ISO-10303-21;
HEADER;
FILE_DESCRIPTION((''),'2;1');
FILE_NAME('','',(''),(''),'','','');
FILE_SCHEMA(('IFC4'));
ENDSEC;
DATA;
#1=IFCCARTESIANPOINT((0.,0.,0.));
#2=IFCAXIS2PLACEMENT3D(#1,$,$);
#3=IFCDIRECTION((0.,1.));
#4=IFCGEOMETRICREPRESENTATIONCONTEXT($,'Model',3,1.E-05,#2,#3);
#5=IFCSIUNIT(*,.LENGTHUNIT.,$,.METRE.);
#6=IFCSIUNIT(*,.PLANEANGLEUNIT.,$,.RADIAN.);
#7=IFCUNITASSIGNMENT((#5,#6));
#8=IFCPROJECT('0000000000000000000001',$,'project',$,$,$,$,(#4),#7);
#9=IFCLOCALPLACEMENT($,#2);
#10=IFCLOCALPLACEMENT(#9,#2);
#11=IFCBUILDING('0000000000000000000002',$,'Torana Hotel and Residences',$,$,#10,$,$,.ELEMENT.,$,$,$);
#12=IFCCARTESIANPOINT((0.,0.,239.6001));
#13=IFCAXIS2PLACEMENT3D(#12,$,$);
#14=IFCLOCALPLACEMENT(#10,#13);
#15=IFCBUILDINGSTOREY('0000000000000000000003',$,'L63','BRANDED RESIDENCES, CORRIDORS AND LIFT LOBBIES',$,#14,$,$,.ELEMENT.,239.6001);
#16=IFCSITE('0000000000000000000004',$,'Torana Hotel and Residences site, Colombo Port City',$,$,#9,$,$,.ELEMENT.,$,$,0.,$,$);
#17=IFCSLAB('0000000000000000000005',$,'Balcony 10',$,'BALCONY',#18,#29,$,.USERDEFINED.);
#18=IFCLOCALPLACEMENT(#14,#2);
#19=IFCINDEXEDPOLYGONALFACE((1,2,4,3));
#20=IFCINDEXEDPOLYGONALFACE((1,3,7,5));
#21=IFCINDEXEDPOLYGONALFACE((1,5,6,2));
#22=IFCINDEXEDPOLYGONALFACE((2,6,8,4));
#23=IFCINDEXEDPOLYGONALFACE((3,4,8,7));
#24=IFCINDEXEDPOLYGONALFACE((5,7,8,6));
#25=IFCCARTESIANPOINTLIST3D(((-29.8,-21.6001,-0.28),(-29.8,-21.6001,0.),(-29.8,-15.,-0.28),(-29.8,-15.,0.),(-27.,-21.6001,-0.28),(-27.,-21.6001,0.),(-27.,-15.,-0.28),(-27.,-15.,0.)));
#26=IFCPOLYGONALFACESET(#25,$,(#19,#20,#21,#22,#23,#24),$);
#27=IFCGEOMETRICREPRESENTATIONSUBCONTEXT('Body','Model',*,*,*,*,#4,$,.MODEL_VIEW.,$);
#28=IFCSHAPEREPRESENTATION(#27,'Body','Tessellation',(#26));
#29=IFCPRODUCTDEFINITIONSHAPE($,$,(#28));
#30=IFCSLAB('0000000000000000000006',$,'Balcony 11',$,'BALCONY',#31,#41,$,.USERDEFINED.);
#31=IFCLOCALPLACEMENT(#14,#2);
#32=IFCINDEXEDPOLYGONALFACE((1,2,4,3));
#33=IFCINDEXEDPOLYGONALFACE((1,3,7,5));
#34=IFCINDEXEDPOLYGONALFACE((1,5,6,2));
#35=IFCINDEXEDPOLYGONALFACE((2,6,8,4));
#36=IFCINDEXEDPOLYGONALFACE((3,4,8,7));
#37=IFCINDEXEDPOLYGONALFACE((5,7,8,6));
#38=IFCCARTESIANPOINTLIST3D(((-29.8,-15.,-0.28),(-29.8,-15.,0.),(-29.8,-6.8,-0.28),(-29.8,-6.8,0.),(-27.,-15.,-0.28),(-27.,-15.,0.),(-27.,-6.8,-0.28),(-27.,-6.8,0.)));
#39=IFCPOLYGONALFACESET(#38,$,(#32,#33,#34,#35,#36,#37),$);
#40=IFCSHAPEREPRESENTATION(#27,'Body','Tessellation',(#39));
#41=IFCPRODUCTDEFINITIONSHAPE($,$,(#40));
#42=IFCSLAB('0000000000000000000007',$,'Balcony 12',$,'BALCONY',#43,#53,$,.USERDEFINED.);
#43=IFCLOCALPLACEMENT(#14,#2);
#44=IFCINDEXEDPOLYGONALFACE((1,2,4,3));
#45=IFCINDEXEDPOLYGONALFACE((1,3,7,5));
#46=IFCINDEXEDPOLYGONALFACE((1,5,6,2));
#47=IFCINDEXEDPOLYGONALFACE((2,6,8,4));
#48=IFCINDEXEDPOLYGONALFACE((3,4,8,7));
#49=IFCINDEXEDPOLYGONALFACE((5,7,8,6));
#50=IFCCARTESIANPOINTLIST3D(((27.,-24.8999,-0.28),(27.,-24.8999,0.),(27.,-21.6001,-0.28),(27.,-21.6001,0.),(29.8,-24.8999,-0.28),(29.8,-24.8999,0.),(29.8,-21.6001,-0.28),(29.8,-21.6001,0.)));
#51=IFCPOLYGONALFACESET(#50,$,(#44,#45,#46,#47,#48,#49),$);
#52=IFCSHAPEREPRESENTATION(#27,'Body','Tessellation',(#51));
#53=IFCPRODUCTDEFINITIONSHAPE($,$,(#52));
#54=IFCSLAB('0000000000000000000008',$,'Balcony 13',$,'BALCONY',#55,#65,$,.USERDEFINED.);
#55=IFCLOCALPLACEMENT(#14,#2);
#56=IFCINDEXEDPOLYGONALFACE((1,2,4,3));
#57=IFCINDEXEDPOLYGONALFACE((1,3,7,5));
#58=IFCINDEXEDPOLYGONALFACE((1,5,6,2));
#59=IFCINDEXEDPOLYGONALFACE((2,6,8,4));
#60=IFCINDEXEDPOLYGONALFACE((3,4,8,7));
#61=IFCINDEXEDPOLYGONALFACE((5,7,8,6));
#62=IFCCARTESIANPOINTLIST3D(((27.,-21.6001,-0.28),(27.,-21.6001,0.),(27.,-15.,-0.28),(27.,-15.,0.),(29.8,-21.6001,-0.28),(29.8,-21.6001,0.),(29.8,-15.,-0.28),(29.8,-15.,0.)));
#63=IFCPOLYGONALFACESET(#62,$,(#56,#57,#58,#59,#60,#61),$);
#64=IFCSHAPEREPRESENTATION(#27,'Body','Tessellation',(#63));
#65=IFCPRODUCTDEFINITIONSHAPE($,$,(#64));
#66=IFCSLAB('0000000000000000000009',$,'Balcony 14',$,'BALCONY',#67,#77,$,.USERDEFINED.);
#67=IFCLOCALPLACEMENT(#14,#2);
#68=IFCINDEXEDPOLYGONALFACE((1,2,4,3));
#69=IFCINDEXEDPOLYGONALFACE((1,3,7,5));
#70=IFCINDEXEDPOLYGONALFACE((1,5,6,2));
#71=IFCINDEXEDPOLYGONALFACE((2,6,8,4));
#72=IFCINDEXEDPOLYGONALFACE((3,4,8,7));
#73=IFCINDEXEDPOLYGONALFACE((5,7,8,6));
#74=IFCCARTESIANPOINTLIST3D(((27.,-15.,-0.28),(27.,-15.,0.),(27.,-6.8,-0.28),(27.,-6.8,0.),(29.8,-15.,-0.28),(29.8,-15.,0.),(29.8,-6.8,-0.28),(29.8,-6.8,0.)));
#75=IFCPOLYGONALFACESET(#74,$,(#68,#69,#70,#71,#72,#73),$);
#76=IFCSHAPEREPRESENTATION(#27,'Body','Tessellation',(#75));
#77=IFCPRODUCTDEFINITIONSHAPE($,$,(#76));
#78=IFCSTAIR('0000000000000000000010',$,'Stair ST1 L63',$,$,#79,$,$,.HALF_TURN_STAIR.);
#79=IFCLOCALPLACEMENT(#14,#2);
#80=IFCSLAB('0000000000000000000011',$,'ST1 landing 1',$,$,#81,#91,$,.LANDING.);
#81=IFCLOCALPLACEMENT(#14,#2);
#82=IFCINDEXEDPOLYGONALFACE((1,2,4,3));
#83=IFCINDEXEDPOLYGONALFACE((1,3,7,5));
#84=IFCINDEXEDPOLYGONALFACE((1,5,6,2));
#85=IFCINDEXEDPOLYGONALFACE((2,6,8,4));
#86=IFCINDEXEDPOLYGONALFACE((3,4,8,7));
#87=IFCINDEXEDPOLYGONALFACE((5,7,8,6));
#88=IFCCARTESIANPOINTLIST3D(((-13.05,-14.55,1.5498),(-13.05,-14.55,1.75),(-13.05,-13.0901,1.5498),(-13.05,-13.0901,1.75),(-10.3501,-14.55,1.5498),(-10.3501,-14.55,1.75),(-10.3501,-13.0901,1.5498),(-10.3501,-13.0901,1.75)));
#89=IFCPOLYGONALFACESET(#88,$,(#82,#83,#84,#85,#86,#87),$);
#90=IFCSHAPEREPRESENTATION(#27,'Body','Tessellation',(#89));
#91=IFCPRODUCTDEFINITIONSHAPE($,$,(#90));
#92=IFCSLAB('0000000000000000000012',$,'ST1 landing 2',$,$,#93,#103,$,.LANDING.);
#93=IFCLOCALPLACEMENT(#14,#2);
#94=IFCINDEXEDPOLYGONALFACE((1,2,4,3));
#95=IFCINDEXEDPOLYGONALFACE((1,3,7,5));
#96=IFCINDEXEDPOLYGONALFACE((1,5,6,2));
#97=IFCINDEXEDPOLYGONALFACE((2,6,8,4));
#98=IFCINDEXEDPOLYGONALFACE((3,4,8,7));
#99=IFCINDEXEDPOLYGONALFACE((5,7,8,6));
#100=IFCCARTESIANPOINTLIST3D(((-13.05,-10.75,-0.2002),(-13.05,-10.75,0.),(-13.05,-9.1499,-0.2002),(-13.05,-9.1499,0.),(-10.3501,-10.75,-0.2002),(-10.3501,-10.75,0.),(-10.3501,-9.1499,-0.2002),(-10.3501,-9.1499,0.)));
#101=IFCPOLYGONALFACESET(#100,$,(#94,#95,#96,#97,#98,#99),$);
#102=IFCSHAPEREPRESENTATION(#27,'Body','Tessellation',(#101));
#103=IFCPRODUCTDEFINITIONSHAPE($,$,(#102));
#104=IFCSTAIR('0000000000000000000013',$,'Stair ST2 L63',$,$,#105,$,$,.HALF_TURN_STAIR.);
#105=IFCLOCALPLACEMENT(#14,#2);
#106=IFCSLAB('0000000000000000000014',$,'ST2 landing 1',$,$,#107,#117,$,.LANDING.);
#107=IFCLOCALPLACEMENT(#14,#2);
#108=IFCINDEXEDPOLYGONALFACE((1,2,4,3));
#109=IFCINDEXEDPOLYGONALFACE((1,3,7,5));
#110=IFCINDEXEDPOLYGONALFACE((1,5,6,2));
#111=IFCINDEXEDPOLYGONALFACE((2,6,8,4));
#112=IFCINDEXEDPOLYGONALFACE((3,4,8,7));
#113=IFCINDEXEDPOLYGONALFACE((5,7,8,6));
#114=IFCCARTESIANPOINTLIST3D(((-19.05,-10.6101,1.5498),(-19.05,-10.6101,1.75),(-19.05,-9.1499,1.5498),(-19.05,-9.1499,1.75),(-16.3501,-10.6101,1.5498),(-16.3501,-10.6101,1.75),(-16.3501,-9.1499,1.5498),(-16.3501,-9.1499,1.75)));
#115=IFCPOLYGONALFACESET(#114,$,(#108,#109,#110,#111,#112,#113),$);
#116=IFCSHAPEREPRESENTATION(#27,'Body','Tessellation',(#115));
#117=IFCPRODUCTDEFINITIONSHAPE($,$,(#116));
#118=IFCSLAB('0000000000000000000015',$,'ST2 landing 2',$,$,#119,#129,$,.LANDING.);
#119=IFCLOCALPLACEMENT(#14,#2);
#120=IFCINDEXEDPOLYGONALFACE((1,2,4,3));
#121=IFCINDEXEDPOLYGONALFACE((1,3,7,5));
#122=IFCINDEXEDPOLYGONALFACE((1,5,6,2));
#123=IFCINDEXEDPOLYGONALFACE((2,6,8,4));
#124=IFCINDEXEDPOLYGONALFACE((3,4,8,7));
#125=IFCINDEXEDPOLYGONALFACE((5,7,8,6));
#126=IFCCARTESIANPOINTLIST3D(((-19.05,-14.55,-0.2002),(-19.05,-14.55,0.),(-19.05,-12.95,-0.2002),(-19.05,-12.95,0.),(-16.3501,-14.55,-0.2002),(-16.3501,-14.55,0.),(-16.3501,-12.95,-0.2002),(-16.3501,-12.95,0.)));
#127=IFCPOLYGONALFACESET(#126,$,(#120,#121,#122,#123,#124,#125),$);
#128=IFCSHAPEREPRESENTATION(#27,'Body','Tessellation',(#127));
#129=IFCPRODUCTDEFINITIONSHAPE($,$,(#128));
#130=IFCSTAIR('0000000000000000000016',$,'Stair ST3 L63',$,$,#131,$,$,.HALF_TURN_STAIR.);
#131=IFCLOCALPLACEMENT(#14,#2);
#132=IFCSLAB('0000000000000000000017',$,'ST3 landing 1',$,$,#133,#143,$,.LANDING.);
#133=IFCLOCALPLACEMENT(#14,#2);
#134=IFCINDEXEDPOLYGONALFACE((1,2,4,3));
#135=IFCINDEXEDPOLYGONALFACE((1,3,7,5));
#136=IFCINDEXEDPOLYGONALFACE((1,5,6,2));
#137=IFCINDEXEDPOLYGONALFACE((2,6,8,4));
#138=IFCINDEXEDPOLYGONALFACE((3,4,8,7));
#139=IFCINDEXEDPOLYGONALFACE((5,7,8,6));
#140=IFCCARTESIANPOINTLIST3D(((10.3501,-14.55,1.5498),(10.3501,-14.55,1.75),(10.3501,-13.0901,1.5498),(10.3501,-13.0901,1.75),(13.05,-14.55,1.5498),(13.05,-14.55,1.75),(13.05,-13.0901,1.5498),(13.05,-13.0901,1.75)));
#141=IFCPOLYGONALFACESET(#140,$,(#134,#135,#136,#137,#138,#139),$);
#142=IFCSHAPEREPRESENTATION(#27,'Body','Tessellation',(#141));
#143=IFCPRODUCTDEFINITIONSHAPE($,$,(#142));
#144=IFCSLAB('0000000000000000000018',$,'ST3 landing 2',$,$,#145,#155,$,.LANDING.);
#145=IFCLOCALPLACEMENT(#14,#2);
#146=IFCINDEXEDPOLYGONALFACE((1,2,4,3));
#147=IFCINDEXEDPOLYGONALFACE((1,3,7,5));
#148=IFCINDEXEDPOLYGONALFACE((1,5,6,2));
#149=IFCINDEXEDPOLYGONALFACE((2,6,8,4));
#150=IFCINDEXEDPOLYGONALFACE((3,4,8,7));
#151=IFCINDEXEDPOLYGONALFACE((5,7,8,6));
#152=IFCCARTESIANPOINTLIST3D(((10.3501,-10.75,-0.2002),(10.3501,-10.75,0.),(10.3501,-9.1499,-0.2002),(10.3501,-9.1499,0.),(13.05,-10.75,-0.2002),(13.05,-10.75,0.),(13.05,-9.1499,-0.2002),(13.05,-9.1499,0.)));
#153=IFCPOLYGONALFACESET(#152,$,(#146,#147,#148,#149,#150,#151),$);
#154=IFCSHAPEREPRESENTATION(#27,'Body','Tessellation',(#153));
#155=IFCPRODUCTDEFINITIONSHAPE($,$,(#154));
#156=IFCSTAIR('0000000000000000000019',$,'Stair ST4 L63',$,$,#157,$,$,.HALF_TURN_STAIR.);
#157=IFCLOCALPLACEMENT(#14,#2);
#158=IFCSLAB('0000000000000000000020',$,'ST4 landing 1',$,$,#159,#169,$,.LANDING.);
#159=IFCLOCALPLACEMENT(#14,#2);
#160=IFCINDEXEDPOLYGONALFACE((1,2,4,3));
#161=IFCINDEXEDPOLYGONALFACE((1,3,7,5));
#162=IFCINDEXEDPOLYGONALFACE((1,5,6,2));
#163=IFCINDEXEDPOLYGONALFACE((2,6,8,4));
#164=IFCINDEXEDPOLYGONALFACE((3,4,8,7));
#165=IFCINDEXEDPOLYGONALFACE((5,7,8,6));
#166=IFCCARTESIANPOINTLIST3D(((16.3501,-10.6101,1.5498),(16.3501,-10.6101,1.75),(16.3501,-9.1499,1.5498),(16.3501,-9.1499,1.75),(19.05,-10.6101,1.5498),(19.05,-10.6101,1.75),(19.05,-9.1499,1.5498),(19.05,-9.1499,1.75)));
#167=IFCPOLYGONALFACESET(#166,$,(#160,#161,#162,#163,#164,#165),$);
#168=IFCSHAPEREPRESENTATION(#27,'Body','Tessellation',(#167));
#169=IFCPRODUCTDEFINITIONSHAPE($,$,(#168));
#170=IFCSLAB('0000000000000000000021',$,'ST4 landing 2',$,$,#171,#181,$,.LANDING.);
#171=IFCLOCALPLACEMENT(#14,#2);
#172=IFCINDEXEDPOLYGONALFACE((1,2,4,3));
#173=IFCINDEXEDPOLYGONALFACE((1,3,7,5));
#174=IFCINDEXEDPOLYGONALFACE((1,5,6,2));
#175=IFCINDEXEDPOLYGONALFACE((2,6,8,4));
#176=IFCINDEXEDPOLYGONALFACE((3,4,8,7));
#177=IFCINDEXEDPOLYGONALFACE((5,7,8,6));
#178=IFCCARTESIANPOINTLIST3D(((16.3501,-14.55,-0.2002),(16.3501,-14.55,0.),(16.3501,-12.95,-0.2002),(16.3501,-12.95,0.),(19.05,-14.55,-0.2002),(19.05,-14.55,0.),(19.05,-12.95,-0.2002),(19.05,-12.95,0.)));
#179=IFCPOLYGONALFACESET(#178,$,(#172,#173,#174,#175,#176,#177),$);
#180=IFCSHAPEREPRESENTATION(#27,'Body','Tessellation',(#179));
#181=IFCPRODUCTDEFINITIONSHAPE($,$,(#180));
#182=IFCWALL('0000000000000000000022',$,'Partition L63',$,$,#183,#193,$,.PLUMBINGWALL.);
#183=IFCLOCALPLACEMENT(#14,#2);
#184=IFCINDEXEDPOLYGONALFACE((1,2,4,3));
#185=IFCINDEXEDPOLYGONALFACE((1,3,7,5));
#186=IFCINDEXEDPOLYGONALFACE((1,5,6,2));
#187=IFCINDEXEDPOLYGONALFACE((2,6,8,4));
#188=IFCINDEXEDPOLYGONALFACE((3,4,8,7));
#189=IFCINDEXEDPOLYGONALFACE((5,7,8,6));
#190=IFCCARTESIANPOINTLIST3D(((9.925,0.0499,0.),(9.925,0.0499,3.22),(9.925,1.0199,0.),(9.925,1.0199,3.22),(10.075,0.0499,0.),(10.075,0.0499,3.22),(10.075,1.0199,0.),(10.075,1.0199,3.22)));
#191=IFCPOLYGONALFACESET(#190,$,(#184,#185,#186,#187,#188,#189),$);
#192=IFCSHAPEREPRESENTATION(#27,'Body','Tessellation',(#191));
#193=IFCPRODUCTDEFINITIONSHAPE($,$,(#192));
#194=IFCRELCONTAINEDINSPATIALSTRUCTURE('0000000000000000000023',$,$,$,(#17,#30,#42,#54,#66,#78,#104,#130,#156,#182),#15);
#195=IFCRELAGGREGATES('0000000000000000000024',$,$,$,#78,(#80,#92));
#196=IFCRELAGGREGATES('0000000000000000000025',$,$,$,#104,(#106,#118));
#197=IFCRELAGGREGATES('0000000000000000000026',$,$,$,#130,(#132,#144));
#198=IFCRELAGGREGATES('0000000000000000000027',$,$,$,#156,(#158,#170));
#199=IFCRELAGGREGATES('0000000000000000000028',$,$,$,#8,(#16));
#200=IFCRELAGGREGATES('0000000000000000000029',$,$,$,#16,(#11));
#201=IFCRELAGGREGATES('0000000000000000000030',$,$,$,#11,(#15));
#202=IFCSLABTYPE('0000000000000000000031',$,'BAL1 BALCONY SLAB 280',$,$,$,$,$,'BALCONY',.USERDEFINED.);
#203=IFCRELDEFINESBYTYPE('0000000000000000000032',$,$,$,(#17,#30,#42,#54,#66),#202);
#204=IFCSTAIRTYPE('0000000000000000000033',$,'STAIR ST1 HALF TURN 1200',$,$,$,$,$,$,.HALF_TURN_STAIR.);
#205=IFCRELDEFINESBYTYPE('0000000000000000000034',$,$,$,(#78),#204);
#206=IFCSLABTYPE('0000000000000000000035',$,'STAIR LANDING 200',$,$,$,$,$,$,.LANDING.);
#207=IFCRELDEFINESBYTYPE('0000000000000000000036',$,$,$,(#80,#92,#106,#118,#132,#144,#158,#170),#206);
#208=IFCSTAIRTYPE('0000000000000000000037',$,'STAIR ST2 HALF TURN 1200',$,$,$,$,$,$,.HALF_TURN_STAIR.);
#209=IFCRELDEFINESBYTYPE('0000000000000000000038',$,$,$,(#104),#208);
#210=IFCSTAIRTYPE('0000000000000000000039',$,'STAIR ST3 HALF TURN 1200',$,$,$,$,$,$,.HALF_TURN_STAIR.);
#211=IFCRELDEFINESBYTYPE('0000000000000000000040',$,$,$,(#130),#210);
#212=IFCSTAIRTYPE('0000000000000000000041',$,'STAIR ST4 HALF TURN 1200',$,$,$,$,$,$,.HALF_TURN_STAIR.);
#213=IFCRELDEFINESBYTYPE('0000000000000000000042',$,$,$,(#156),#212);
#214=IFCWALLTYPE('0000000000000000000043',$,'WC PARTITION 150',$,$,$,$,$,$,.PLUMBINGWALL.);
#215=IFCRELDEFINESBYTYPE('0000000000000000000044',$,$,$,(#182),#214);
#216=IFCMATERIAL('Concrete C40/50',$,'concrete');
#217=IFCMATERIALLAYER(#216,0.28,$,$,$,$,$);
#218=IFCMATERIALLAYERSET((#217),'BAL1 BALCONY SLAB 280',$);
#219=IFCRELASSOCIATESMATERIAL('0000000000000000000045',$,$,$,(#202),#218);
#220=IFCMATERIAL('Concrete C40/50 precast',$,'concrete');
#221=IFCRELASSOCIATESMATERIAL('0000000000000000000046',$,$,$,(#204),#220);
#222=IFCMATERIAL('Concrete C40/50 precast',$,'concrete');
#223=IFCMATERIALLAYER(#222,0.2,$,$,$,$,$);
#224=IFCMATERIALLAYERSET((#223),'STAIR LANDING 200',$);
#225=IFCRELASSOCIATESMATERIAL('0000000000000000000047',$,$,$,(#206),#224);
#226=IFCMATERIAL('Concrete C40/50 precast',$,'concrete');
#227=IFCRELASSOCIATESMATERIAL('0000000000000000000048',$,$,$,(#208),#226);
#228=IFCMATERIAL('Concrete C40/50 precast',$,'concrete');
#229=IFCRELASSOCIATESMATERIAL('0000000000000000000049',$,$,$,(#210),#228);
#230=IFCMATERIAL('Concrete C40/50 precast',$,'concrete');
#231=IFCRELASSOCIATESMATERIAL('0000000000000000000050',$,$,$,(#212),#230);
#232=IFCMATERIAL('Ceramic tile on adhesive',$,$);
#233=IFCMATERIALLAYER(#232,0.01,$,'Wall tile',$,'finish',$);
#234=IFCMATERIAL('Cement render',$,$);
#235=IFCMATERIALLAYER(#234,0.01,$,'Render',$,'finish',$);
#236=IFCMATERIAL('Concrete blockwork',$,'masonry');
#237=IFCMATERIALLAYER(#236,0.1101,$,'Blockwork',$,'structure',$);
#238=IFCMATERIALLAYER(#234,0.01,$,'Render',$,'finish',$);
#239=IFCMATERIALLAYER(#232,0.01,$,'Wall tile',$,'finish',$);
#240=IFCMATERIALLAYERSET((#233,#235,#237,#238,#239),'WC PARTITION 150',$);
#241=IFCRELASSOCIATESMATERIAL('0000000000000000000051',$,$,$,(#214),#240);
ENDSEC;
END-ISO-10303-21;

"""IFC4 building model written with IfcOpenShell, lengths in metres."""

from ifc_helpers import new_model, si_unit, direction, frame, frame_2d, origin, place, context, subcontext, project, spatial, polyline, rectangle, outline, extrude, material, layer, layer_set, type_object, element, aggregate, save


model = new_model("IFC4")

# Units and contexts
model_context = context("Model", 3, precision=1e-05, world=origin(), true_north=direction((0.0, 1.0)))
body_context = subcontext(model_context, "Body", "Model", "MODEL_VIEW")
ifc_project = project(units=[si_unit("LENGTHUNIT", "METRE"), si_unit("PLANEANGLEUNIT", "RADIAN")], contexts=[model_context])

# Site, building, storey
site_placement = place(None, origin())
site = spatial("IfcSite", under=ifc_project, at=site_placement, Name="Torana Hotel and Residences site, Colombo Port City", CompositionType="ELEMENT", RefElevation=0.0)
building_placement = place(site_placement, origin())
building = spatial("IfcBuilding", under=site, at=building_placement, Name="Torana Hotel and Residences", CompositionType="ELEMENT")
storey_placement = place(building_placement, frame((0.0, 0.0, 239.6001)))
storey = spatial("IfcBuildingStorey", under=building, at=storey_placement, Name="L63", Description="BRANDED RESIDENCES, CORRIDORS AND LIFT LOBBIES", CompositionType="ELEMENT", Elevation=239.6001)

# Slabs
ifc_material_1 = material(Name="Concrete C40/50", Category="concrete")
ifc_layer_1 = layer(ifc_material_1, 0.28)
ifc_layer_set_1 = layer_set([ifc_layer_1], Name="BAL1 BALCONY SLAB 280")
slab_type_1 = type_object("IfcSlabType", Name="BAL1 BALCONY SLAB 280", ElementType="BALCONY", PredefinedType="USERDEFINED", material=ifc_layer_set_1)
slab_1_placement = place(storey_placement, frame((0.0, 0.0, -0.28)))
element("IfcSlab", 1, at=slab_1_placement, inside=storey, type_object=slab_type_1, Name="Balcony 10", ObjectType="BALCONY", PredefinedType="USERDEFINED", context=body_context, shape_type="SweptSolid", body=[
    extrude(outline(polyline([(-29.8, -21.6001), (-27.0, -21.6001), (-27.0, -15.0), (-29.8, -15.0), (-29.8, -21.6001)])), origin(), (0.0, 0.0, 1.0), 0.28),
])
slab_2_placement = place(storey_placement, frame((0.0, 0.0, -0.28)))
element("IfcSlab", 2, at=slab_2_placement, inside=storey, type_object=slab_type_1, Name="Balcony 11", ObjectType="BALCONY", PredefinedType="USERDEFINED", context=body_context, shape_type="SweptSolid", body=[
    extrude(outline(polyline([(-29.8, -15.0), (-27.0, -15.0), (-27.0, -6.8), (-29.8, -6.8), (-29.8, -15.0)])), origin(), (0.0, 0.0, 1.0), 0.28),
])
slab_3_placement = place(storey_placement, frame((0.0, 0.0, -0.28)))
element("IfcSlab", 3, at=slab_3_placement, inside=storey, type_object=slab_type_1, Name="Balcony 12", ObjectType="BALCONY", PredefinedType="USERDEFINED", context=body_context, shape_type="SweptSolid", body=[
    extrude(outline(polyline([(27.0, -24.8999), (29.8, -24.8999), (29.8, -21.6001), (27.0, -21.6001), (27.0, -24.8999)])), origin(), (0.0, 0.0, 1.0), 0.28),
])
slab_4_placement = place(storey_placement, frame((0.0, 0.0, -0.28)))
element("IfcSlab", 4, at=slab_4_placement, inside=storey, type_object=slab_type_1, Name="Balcony 13", ObjectType="BALCONY", PredefinedType="USERDEFINED", context=body_context, shape_type="SweptSolid", body=[
    extrude(outline(polyline([(27.0, -21.6001), (29.8, -21.6001), (29.8, -15.0), (27.0, -15.0), (27.0, -21.6001)])), origin(), (0.0, 0.0, 1.0), 0.28),
])
slab_5_placement = place(storey_placement, frame((0.0, 0.0, -0.28)))
element("IfcSlab", 5, at=slab_5_placement, inside=storey, type_object=slab_type_1, Name="Balcony 14", ObjectType="BALCONY", PredefinedType="USERDEFINED", context=body_context, shape_type="SweptSolid", body=[
    extrude(outline(polyline([(27.0, -15.0), (29.8, -15.0), (29.8, -6.8), (27.0, -6.8), (27.0, -15.0)])), origin(), (0.0, 0.0, 1.0), 0.28),
])

# Stairs, slabs
ifc_material_2 = material(Name="Concrete C40/50 precast", Category="concrete")
stair_type_1 = type_object("IfcStairType", Name="STAIR ST1 HALF TURN 1200", PredefinedType="HALF_TURN_STAIR", material=ifc_material_2)
stair_1_placement = place(storey_placement, origin())
stair_1 = element("IfcStair", 6, at=stair_1_placement, inside=storey, type_object=stair_type_1, Name="Stair ST1 L63", PredefinedType="HALF_TURN_STAIR")
ifc_material_3 = material(Name="Concrete C40/50 precast", Category="concrete")
ifc_layer_2 = layer(ifc_material_3, 0.2)
ifc_layer_set_2 = layer_set([ifc_layer_2], Name="STAIR LANDING 200")
slab_type_2 = type_object("IfcSlabType", Name="STAIR LANDING 200", PredefinedType="LANDING", material=ifc_layer_set_2)
slab_6_placement = place(storey_placement, frame((0.0, 0.0, 1.5498)))
slab_6 = element("IfcSlab", 7, at=slab_6_placement, type_object=slab_type_2, Name="ST1 landing 1", PredefinedType="LANDING", context=body_context, shape_type="SweptSolid", body=[
    extrude(outline(polyline([(-13.05, -14.55), (-10.3501, -14.55), (-10.3501, -13.0901), (-13.05, -13.0901), (-13.05, -14.55)])), origin(), (0.0, 0.0, 1.0), 0.2002),
])
slab_7_placement = place(storey_placement, frame((0.0, 0.0, -0.2002)))
slab_7 = element("IfcSlab", 8, at=slab_7_placement, type_object=slab_type_2, Name="ST1 landing 2", PredefinedType="LANDING", context=body_context, shape_type="SweptSolid", body=[
    extrude(outline(polyline([(-13.05, -10.75), (-10.3501, -10.75), (-10.3501, -9.1499), (-13.05, -9.1499), (-13.05, -10.75)])), origin(), (0.0, 0.0, 1.0), 0.2002),
])
aggregate(stair_1, [slab_6, slab_7])
ifc_material_4 = material(Name="Concrete C40/50 precast", Category="concrete")
stair_type_2 = type_object("IfcStairType", Name="STAIR ST2 HALF TURN 1200", PredefinedType="HALF_TURN_STAIR", material=ifc_material_4)
stair_2_placement = place(storey_placement, origin())
stair_2 = element("IfcStair", 9, at=stair_2_placement, inside=storey, type_object=stair_type_2, Name="Stair ST2 L63", PredefinedType="HALF_TURN_STAIR")
slab_8_placement = place(storey_placement, frame((0.0, 0.0, 1.5498)))
slab_8 = element("IfcSlab", 10, at=slab_8_placement, type_object=slab_type_2, Name="ST2 landing 1", PredefinedType="LANDING", context=body_context, shape_type="SweptSolid", body=[
    extrude(outline(polyline([(-19.05, -10.6101), (-16.3501, -10.6101), (-16.3501, -9.1499), (-19.05, -9.1499), (-19.05, -10.6101)])), origin(), (0.0, 0.0, 1.0), 0.2002),
])
slab_9_placement = place(storey_placement, frame((0.0, 0.0, -0.2002)))
slab_9 = element("IfcSlab", 11, at=slab_9_placement, type_object=slab_type_2, Name="ST2 landing 2", PredefinedType="LANDING", context=body_context, shape_type="SweptSolid", body=[
    extrude(outline(polyline([(-19.05, -14.55), (-16.3501, -14.55), (-16.3501, -12.95), (-19.05, -12.95), (-19.05, -14.55)])), origin(), (0.0, 0.0, 1.0), 0.2002),
])
aggregate(stair_2, [slab_8, slab_9])
ifc_material_5 = material(Name="Concrete C40/50 precast", Category="concrete")
stair_type_3 = type_object("IfcStairType", Name="STAIR ST3 HALF TURN 1200", PredefinedType="HALF_TURN_STAIR", material=ifc_material_5)
stair_3_placement = place(storey_placement, origin())
stair_3 = element("IfcStair", 12, at=stair_3_placement, inside=storey, type_object=stair_type_3, Name="Stair ST3 L63", PredefinedType="HALF_TURN_STAIR")
slab_10_placement = place(storey_placement, frame((0.0, 0.0, 1.5498)))
slab_10 = element("IfcSlab", 13, at=slab_10_placement, type_object=slab_type_2, Name="ST3 landing 1", PredefinedType="LANDING", context=body_context, shape_type="SweptSolid", body=[
    extrude(outline(polyline([(10.3501, -14.55), (13.05, -14.55), (13.05, -13.0901), (10.3501, -13.0901), (10.3501, -14.55)])), origin(), (0.0, 0.0, 1.0), 0.2002),
])
slab_11_placement = place(storey_placement, frame((0.0, 0.0, -0.2002)))
slab_11 = element("IfcSlab", 14, at=slab_11_placement, type_object=slab_type_2, Name="ST3 landing 2", PredefinedType="LANDING", context=body_context, shape_type="SweptSolid", body=[
    extrude(outline(polyline([(10.3501, -10.75), (13.05, -10.75), (13.05, -9.1499), (10.3501, -9.1499), (10.3501, -10.75)])), origin(), (0.0, 0.0, 1.0), 0.2002),
])
aggregate(stair_3, [slab_10, slab_11])
ifc_material_6 = material(Name="Concrete C40/50 precast", Category="concrete")
stair_type_4 = type_object("IfcStairType", Name="STAIR ST4 HALF TURN 1200", PredefinedType="HALF_TURN_STAIR", material=ifc_material_6)
stair_4_placement = place(storey_placement, origin())
stair_4 = element("IfcStair", 15, at=stair_4_placement, inside=storey, type_object=stair_type_4, Name="Stair ST4 L63", PredefinedType="HALF_TURN_STAIR")
slab_12_placement = place(storey_placement, frame((0.0, 0.0, 1.5498)))
slab_12 = element("IfcSlab", 16, at=slab_12_placement, type_object=slab_type_2, Name="ST4 landing 1", PredefinedType="LANDING", context=body_context, shape_type="SweptSolid", body=[
    extrude(outline(polyline([(16.3501, -10.6101), (19.05, -10.6101), (19.05, -9.1499), (16.3501, -9.1499), (16.3501, -10.6101)])), origin(), (0.0, 0.0, 1.0), 0.2002),
])
slab_13_placement = place(storey_placement, frame((0.0, 0.0, -0.2002)))
slab_13 = element("IfcSlab", 17, at=slab_13_placement, type_object=slab_type_2, Name="ST4 landing 2", PredefinedType="LANDING", context=body_context, shape_type="SweptSolid", body=[
    extrude(outline(polyline([(16.3501, -14.55), (19.05, -14.55), (19.05, -12.95), (16.3501, -12.95), (16.3501, -14.55)])), origin(), (0.0, 0.0, 1.0), 0.2002),
])
aggregate(stair_4, [slab_12, slab_13])

# Wall
ifc_material_7 = material(Name="Ceramic tile on adhesive")
ifc_layer_3 = layer(ifc_material_7, 0.01, Name="Wall tile", Category="finish")
ifc_material_8 = material(Name="Cement render")
ifc_layer_4 = layer(ifc_material_8, 0.01, Name="Render", Category="finish")
ifc_material_9 = material(Name="Concrete blockwork", Category="masonry")
ifc_layer_5 = layer(ifc_material_9, 0.1101, Name="Blockwork", Category="structure")
ifc_layer_6 = layer(ifc_material_8, 0.01, Name="Render", Category="finish")
ifc_layer_7 = layer(ifc_material_7, 0.01, Name="Wall tile", Category="finish")
ifc_layer_set_3 = layer_set([ifc_layer_3, ifc_layer_4, ifc_layer_5, ifc_layer_6, ifc_layer_7], Name="WC PARTITION 150")
wall_type = type_object("IfcWallType", Name="WC PARTITION 150", PredefinedType="PLUMBINGWALL", material=ifc_layer_set_3)
wall_placement = place(storey_placement, frame((10.0, 0.05, 0.0), z_axis=(0.0, 0.0, 1.0), x_axis=(0.0, 1.0, 0.0)))
element("IfcWall", 18, at=wall_placement, inside=storey, type_object=wall_type, Name="Partition L63", PredefinedType="PLUMBINGWALL", context=body_context, shape_type="SweptSolid", body=[
    extrude(rectangle(XDim=0.97, YDim=0.1499, at=frame_2d((0.4849, 0.0))), origin(), (0.0, 0.0, 1.0), 3.22),
])

save(model, "model.ifc")
